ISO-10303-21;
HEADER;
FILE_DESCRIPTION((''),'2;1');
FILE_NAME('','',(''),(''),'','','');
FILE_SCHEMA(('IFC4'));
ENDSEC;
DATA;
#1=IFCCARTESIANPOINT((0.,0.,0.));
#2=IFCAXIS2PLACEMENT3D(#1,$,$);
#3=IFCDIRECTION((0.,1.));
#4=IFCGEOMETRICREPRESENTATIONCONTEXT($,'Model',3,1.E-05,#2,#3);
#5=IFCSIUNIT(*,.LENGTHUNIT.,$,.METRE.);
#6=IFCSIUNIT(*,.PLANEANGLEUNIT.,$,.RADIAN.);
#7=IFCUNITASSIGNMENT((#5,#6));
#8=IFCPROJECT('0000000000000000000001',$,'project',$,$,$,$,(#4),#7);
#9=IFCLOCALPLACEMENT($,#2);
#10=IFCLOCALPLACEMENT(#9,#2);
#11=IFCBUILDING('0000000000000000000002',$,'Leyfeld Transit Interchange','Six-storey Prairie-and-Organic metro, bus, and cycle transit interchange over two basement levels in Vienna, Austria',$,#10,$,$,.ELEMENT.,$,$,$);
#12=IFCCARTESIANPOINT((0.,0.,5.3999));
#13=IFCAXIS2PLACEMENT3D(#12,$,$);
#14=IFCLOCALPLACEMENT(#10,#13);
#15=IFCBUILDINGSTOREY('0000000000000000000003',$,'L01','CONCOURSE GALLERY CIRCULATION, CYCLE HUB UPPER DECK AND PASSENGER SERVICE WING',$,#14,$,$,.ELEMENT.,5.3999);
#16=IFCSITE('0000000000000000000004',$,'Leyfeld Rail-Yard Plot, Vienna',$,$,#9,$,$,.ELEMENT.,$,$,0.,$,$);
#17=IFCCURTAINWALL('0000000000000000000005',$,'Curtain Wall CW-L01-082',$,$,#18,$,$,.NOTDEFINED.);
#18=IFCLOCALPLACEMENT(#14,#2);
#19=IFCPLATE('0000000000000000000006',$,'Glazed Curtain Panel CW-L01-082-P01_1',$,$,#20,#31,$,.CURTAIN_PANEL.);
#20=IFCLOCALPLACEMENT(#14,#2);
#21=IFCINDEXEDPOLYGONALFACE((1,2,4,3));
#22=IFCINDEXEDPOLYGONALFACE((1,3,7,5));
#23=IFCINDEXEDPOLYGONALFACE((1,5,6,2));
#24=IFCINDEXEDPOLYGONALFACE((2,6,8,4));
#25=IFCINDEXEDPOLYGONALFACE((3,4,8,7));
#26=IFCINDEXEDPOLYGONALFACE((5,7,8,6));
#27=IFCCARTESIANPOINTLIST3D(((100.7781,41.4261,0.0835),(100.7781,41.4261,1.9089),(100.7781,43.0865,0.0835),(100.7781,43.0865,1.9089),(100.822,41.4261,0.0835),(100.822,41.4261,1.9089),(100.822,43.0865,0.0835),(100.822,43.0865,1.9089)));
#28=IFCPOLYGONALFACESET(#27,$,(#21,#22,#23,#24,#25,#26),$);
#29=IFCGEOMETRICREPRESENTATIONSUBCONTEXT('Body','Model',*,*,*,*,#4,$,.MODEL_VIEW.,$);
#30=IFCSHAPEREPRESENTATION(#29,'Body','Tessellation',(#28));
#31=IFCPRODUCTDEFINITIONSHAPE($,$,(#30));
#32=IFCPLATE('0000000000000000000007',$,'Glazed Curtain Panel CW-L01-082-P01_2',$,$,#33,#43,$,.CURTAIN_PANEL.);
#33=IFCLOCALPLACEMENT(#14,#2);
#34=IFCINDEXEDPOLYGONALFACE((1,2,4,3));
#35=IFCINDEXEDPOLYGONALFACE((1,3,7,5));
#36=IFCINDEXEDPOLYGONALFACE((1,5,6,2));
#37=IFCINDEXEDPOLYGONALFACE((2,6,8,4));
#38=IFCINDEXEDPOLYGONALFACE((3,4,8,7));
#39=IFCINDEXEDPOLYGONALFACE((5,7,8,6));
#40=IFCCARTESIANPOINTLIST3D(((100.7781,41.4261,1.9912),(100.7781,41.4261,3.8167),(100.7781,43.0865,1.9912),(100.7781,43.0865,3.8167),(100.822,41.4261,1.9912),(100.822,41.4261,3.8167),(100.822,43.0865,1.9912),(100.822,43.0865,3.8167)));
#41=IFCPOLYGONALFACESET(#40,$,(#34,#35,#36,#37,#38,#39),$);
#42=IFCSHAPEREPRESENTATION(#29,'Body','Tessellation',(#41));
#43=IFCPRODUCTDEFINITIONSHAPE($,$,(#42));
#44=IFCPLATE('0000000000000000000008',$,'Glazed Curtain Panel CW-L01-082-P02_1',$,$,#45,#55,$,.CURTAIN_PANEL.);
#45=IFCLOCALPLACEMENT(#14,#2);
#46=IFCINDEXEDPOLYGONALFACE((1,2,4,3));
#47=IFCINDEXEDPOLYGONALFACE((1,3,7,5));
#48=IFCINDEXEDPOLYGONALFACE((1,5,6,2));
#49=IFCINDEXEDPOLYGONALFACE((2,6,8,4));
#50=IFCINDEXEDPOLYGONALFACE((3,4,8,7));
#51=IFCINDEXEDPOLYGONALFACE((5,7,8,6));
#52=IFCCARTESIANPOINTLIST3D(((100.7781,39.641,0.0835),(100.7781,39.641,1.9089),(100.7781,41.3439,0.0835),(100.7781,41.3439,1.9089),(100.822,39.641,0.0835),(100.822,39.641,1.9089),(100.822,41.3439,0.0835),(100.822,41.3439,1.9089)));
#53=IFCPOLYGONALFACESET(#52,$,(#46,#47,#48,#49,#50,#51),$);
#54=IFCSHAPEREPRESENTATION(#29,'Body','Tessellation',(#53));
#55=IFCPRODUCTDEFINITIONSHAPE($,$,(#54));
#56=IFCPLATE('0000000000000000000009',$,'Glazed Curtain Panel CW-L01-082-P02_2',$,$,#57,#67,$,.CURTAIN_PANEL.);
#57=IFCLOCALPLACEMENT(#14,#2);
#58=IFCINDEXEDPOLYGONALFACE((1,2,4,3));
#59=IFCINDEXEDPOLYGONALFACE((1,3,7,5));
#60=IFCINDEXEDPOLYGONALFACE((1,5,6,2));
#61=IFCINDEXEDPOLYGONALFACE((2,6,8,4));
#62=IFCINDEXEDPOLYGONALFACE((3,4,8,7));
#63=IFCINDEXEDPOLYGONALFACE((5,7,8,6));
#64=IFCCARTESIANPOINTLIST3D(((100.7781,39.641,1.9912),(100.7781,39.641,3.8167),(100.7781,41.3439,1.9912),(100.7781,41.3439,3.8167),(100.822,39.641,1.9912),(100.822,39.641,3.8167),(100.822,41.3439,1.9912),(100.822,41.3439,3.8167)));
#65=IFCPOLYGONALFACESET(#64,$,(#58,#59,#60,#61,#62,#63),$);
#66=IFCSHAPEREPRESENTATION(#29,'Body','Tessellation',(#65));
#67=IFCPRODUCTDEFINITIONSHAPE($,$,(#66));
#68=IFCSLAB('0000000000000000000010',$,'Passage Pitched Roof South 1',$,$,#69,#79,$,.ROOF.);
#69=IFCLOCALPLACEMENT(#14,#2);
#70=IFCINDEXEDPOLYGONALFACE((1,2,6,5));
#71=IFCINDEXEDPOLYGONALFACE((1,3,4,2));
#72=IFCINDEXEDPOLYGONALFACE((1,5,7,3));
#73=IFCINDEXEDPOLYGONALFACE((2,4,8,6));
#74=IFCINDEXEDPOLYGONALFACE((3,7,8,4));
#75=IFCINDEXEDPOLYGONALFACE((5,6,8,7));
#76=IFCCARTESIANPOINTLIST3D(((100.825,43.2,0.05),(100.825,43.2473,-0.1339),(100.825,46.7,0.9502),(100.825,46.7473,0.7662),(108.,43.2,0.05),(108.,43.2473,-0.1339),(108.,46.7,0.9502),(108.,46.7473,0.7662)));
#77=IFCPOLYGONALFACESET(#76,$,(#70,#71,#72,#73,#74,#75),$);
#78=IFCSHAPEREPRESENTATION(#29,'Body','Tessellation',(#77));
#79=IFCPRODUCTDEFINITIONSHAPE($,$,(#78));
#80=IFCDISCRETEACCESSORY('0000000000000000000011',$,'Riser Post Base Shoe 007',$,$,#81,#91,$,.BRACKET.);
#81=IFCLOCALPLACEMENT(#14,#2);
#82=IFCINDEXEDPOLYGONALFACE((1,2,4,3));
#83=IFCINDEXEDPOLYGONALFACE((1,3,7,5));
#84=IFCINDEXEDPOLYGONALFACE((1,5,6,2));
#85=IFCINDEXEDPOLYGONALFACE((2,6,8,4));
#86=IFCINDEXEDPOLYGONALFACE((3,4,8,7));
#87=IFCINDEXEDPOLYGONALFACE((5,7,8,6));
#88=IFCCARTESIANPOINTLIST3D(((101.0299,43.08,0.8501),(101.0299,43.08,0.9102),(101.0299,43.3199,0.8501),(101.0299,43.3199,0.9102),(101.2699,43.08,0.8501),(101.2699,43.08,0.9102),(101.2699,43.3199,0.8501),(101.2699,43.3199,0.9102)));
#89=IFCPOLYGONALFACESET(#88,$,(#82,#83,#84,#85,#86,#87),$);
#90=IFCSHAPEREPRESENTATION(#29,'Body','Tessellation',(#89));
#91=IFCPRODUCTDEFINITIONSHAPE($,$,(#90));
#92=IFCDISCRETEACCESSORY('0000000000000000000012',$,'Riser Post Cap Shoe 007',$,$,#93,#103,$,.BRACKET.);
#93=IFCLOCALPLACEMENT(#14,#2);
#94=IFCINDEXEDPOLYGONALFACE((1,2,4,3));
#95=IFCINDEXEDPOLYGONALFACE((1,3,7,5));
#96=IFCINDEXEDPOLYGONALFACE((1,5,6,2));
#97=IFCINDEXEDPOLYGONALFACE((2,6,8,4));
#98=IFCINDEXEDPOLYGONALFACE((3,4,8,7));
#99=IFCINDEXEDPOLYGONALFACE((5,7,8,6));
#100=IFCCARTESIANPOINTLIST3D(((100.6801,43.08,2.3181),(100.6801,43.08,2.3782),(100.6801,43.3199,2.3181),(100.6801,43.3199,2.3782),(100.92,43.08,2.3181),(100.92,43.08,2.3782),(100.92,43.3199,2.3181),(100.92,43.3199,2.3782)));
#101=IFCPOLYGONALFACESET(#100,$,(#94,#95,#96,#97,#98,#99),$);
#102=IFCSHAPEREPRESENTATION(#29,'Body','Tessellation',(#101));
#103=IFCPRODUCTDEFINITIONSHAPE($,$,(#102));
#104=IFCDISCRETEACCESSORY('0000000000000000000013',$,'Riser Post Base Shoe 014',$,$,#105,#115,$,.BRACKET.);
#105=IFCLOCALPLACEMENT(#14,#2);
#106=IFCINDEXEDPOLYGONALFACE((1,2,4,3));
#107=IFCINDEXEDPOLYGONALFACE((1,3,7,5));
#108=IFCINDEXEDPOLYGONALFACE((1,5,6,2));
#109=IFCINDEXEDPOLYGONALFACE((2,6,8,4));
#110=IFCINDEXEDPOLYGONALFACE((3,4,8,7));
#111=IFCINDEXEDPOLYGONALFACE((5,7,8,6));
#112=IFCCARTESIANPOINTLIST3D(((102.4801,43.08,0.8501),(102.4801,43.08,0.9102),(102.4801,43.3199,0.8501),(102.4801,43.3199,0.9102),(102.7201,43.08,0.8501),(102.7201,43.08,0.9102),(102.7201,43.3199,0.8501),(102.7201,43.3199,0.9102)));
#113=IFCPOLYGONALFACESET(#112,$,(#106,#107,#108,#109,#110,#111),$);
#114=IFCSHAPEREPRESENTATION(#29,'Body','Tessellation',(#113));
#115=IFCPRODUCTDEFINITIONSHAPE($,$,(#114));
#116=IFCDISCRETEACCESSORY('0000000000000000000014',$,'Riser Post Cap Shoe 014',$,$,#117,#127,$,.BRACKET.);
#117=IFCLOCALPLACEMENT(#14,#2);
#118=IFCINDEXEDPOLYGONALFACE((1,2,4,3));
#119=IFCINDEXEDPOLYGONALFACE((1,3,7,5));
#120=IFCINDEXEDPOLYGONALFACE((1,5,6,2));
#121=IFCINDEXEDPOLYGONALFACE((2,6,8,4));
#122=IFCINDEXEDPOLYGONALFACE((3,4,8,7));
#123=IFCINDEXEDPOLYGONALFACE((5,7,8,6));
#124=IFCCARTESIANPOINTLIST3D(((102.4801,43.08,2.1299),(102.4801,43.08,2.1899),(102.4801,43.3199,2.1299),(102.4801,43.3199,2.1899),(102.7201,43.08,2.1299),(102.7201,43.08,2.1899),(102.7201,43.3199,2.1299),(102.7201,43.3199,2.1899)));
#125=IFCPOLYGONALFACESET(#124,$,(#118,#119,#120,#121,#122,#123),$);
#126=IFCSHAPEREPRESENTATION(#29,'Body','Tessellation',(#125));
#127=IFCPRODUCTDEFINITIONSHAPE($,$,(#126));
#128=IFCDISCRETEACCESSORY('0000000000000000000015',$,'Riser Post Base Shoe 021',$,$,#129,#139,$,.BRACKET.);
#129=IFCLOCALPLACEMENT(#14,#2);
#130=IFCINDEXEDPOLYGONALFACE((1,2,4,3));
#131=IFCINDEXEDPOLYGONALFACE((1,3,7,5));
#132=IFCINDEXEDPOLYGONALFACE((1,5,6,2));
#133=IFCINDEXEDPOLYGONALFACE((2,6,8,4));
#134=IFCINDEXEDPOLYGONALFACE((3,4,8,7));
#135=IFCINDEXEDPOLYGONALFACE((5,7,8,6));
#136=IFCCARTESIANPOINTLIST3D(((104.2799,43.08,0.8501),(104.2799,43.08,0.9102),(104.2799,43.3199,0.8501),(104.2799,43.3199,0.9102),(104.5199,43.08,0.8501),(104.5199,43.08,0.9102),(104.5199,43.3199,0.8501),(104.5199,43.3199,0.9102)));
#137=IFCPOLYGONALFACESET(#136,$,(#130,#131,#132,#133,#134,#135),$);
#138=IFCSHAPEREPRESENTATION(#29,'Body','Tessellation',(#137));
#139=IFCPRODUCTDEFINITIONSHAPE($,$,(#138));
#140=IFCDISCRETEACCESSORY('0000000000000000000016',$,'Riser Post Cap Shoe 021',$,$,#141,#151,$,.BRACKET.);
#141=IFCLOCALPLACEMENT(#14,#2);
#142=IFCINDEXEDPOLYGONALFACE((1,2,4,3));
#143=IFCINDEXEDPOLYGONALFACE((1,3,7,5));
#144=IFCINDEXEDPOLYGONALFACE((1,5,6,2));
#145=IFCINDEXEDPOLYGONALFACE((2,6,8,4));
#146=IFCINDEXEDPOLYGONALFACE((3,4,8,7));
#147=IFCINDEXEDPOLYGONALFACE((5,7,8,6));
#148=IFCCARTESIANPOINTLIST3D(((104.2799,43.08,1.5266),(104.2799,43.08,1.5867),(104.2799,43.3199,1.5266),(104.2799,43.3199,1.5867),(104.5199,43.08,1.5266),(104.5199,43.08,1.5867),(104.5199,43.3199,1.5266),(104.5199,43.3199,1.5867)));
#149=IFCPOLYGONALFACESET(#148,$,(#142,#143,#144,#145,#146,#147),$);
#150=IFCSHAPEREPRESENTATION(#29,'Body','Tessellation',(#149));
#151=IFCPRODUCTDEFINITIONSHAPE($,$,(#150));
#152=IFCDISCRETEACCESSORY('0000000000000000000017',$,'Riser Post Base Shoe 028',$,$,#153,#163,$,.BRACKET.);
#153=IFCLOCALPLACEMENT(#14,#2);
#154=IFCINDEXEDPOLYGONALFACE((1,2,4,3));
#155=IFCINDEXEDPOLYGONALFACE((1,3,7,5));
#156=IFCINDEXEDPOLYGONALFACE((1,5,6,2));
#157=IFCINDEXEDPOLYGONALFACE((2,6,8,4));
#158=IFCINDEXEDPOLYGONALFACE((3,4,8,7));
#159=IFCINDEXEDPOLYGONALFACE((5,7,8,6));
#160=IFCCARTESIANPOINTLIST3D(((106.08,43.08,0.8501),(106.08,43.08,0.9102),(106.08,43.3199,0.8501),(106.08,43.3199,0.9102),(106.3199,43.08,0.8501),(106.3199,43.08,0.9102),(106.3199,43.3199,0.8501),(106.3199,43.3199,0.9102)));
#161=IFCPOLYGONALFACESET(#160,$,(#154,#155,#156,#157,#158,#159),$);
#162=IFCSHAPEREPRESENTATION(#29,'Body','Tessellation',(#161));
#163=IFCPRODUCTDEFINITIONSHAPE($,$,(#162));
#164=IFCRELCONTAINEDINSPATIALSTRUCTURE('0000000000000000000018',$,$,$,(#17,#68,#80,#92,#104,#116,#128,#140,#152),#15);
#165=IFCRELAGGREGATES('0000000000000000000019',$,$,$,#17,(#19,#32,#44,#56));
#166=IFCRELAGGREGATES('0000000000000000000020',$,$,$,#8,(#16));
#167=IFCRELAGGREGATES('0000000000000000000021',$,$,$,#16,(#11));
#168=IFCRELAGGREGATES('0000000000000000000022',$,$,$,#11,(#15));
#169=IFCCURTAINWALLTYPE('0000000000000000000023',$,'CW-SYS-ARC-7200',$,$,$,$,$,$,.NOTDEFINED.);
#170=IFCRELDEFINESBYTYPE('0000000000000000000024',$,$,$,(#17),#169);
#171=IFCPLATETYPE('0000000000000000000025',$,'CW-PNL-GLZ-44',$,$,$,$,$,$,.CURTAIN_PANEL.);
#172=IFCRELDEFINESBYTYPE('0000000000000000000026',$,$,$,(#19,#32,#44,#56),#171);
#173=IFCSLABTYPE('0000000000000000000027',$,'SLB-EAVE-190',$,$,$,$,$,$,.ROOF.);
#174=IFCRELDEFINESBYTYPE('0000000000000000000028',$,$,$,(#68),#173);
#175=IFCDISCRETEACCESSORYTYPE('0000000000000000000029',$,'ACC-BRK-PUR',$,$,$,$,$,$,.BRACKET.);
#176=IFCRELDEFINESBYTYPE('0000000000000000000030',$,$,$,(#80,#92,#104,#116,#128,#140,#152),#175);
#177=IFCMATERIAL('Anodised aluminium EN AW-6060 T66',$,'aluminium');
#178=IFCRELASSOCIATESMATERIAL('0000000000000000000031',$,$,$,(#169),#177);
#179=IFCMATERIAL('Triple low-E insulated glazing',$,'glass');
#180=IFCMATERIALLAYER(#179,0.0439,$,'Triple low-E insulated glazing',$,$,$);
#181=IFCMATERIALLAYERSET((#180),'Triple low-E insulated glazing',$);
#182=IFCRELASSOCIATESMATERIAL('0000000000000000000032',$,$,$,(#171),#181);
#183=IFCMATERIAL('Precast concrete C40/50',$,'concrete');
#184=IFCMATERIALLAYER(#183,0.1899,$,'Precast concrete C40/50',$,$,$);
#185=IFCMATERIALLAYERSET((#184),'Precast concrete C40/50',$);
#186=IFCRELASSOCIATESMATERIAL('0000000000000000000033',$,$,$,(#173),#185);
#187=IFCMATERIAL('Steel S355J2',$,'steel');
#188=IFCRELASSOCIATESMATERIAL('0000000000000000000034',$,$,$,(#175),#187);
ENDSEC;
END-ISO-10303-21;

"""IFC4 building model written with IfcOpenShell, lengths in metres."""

from ifc_helpers import new_model, si_unit, direction, frame, origin, origin_2d, place, context, subcontext, project, spatial, polyline, rectangle, outline, extrude, material, layer, layer_set, type_object, element, aggregate, save


model = new_model("IFC4")

# Units and contexts
model_context = context("Model", 3, precision=1e-05, world=origin(), true_north=direction((0.0, 1.0)))
body_context = subcontext(model_context, "Body", "Model", "MODEL_VIEW")
ifc_project = project(units=[si_unit("LENGTHUNIT", "METRE"), si_unit("PLANEANGLEUNIT", "RADIAN")], contexts=[model_context])

# Site, building, storey
site_placement = place(None, origin())
site = spatial("IfcSite", under=ifc_project, at=site_placement, Name="Leyfeld Rail-Yard Plot, Vienna", CompositionType="ELEMENT", RefElevation=0.0)
building_placement = place(site_placement, origin())
building = spatial("IfcBuilding", under=site, at=building_placement, Name="Leyfeld Transit Interchange", Description="Six-storey Prairie-and-Organic metro, bus, and cycle transit interchange over two basement levels in Vienna, Austria", CompositionType="ELEMENT")
storey_placement = place(building_placement, frame((0.0, 0.0, 5.3999)))
storey = spatial("IfcBuildingStorey", under=building, at=storey_placement, Name="L01", Description="CONCOURSE GALLERY CIRCULATION, CYCLE HUB UPPER DECK AND PASSENGER SERVICE WING", CompositionType="ELEMENT", Elevation=5.3999)

# Shared definitions
ifc_material_1 = material(Name="Steel S355J2", Category="steel")

# Curtain wall
ifc_material_2 = material(Name="Anodised aluminium EN AW-6060 T66", Category="aluminium")
curtain_wall_type = type_object("IfcCurtainWallType", Name="CW-SYS-ARC-7200", PredefinedType="NOTDEFINED", material=ifc_material_2)
curtain_wall_placement = place(storey_placement, origin())
curtain_wall = element("IfcCurtainWall", 1, at=curtain_wall_placement, inside=storey, type_object=curtain_wall_type, Name="Curtain Wall CW-L01-082", PredefinedType="NOTDEFINED")

# Plates
ifc_material_3 = material(Name="Triple low-E insulated glazing", Category="glass")
ifc_layer_1 = layer(ifc_material_3, 0.0439, Name="Triple low-E insulated glazing")
ifc_layer_set_1 = layer_set([ifc_layer_1], Name="Triple low-E insulated glazing")
plate_type = type_object("IfcPlateType", Name="CW-PNL-GLZ-44", PredefinedType="CURTAIN_PANEL", material=ifc_layer_set_1)
plate_1_placement = place(storey_placement, frame((100.8, 42.2563, 0.0835), z_axis=(0.0, 0.0, 1.0), x_axis=(0.0, -1.0, 0.0)))
plate_1 = element("IfcPlate", 2, at=plate_1_placement, type_object=plate_type, Name="Glazed Curtain Panel CW-L01-082-P01_1", PredefinedType="CURTAIN_PANEL", context=body_context, shape_type="SweptSolid", body=[
    extrude(rectangle(XDim=1.6604, YDim=0.0439, at=origin_2d()), origin(), (0.0, 0.0, 1.0), 1.8254),
])
plate_2_placement = place(storey_placement, frame((100.8, 42.2563, 1.9912), z_axis=(0.0, 0.0, 1.0), x_axis=(0.0, -1.0, 0.0)))
plate_2 = element("IfcPlate", 3, at=plate_2_placement, type_object=plate_type, Name="Glazed Curtain Panel CW-L01-082-P01_2", PredefinedType="CURTAIN_PANEL", context=body_context, shape_type="SweptSolid", body=[
    extrude(rectangle(XDim=1.6604, YDim=0.0439, at=origin_2d()), origin(), (0.0, 0.0, 1.0), 1.8254),
])
plate_3_placement = place(storey_placement, frame((100.8, 40.4924, 0.0835), z_axis=(0.0, 0.0, 1.0), x_axis=(0.0, -1.0, 0.0)))
plate_3 = element("IfcPlate", 4, at=plate_3_placement, type_object=plate_type, Name="Glazed Curtain Panel CW-L01-082-P02_1", PredefinedType="CURTAIN_PANEL", context=body_context, shape_type="SweptSolid", body=[
    extrude(rectangle(XDim=1.7029, YDim=0.0439, at=origin_2d()), origin(), (0.0, 0.0, 1.0), 1.8254),
])
plate_4_placement = place(storey_placement, frame((100.8, 40.4924, 1.9912), z_axis=(0.0, 0.0, 1.0), x_axis=(0.0, -1.0, 0.0)))
plate_4 = element("IfcPlate", 5, at=plate_4_placement, type_object=plate_type, Name="Glazed Curtain Panel CW-L01-082-P02_2", PredefinedType="CURTAIN_PANEL", context=body_context, shape_type="SweptSolid", body=[
    extrude(rectangle(XDim=1.7029, YDim=0.0439, at=origin_2d()), origin(), (0.0, 0.0, 1.0), 1.8254),
])
aggregate(curtain_wall, [plate_1, plate_2, plate_3, plate_4])

# Slab
ifc_material_4 = material(Name="Precast concrete C40/50", Category="concrete")
ifc_layer_2 = layer(ifc_material_4, 0.1899, Name="Precast concrete C40/50")
ifc_layer_set_2 = layer_set([ifc_layer_2], Name="Precast concrete C40/50")
slab_type = type_object("IfcSlabType", Name="SLB-EAVE-190", PredefinedType="ROOF", material=ifc_layer_set_2)
slab_placement = place(storey_placement, frame((100.825, 43.2, 0.05), z_axis=(0.0, -0.249079, 0.968483), x_axis=(1.0, 0.0, 0.0)))
element("IfcSlab", 6, at=slab_placement, inside=storey, type_object=slab_type, Name="Passage Pitched Roof South 1", PredefinedType="ROOF", context=body_context, shape_type="SweptSolid", body=[
    extrude(outline(polyline([(0.0, 0.0), (7.175, 0.0), (7.175, 3.6139), (0.0, 3.6139), (0.0, 0.0)])), origin(), (0.0, 0.0, -1.0), 0.1899),
])

# Discrete accessories
discrete_accessory_type = type_object("IfcDiscreteAccessoryType", Name="ACC-BRK-PUR", PredefinedType="BRACKET", material=ifc_material_1)
for number, where, z_axis, x_axis, name in (
    (7, (101.1499, 43.2, 0.8501), (0.0, 0.0, 1.0), (1.0, 0.0, 0.0), "Riser Post Base Shoe 007"),
    (8, (100.8, 43.2, 2.3181), (0.0, 0.0, 1.0), (1.0, 0.0, 0.0), "Riser Post Cap Shoe 007"),
    (9, (102.6001, 43.2, 0.8501), (0.0, 0.0, 1.0), (1.0, 0.0, 0.0), "Riser Post Base Shoe 014"),
    (10, (102.6001, 43.2, 2.1299), (0.0, 0.0, 1.0), (1.0, 0.0, 0.0), "Riser Post Cap Shoe 014"),
    (11, (104.3999, 43.2, 0.8501), (0.0, 0.0, 1.0), (1.0, 0.0, 0.0), "Riser Post Base Shoe 021"),
    (12, (104.3999, 43.2, 1.5266), (0.0, 0.0, 1.0), (1.0, 0.0, 0.0), "Riser Post Cap Shoe 021"),
    (13, (106.2, 43.2, 0.8501), (0.0, 0.0, 1.0), (1.0, 0.0, 0.0), "Riser Post Base Shoe 028"),
):
    element("IfcDiscreteAccessory", number, at=place(storey_placement, frame(where, z_axis=z_axis, x_axis=x_axis)), inside=storey, type_object=discrete_accessory_type, Name=name, PredefinedType="BRACKET", context=body_context, shape_type="SweptSolid", body=[
        extrude(rectangle(XDim=0.24, YDim=0.24, at=origin_2d()), origin(), (0.0, 0.0, 1.0), 0.0601),
    ])

save(model, "model.ifc")
